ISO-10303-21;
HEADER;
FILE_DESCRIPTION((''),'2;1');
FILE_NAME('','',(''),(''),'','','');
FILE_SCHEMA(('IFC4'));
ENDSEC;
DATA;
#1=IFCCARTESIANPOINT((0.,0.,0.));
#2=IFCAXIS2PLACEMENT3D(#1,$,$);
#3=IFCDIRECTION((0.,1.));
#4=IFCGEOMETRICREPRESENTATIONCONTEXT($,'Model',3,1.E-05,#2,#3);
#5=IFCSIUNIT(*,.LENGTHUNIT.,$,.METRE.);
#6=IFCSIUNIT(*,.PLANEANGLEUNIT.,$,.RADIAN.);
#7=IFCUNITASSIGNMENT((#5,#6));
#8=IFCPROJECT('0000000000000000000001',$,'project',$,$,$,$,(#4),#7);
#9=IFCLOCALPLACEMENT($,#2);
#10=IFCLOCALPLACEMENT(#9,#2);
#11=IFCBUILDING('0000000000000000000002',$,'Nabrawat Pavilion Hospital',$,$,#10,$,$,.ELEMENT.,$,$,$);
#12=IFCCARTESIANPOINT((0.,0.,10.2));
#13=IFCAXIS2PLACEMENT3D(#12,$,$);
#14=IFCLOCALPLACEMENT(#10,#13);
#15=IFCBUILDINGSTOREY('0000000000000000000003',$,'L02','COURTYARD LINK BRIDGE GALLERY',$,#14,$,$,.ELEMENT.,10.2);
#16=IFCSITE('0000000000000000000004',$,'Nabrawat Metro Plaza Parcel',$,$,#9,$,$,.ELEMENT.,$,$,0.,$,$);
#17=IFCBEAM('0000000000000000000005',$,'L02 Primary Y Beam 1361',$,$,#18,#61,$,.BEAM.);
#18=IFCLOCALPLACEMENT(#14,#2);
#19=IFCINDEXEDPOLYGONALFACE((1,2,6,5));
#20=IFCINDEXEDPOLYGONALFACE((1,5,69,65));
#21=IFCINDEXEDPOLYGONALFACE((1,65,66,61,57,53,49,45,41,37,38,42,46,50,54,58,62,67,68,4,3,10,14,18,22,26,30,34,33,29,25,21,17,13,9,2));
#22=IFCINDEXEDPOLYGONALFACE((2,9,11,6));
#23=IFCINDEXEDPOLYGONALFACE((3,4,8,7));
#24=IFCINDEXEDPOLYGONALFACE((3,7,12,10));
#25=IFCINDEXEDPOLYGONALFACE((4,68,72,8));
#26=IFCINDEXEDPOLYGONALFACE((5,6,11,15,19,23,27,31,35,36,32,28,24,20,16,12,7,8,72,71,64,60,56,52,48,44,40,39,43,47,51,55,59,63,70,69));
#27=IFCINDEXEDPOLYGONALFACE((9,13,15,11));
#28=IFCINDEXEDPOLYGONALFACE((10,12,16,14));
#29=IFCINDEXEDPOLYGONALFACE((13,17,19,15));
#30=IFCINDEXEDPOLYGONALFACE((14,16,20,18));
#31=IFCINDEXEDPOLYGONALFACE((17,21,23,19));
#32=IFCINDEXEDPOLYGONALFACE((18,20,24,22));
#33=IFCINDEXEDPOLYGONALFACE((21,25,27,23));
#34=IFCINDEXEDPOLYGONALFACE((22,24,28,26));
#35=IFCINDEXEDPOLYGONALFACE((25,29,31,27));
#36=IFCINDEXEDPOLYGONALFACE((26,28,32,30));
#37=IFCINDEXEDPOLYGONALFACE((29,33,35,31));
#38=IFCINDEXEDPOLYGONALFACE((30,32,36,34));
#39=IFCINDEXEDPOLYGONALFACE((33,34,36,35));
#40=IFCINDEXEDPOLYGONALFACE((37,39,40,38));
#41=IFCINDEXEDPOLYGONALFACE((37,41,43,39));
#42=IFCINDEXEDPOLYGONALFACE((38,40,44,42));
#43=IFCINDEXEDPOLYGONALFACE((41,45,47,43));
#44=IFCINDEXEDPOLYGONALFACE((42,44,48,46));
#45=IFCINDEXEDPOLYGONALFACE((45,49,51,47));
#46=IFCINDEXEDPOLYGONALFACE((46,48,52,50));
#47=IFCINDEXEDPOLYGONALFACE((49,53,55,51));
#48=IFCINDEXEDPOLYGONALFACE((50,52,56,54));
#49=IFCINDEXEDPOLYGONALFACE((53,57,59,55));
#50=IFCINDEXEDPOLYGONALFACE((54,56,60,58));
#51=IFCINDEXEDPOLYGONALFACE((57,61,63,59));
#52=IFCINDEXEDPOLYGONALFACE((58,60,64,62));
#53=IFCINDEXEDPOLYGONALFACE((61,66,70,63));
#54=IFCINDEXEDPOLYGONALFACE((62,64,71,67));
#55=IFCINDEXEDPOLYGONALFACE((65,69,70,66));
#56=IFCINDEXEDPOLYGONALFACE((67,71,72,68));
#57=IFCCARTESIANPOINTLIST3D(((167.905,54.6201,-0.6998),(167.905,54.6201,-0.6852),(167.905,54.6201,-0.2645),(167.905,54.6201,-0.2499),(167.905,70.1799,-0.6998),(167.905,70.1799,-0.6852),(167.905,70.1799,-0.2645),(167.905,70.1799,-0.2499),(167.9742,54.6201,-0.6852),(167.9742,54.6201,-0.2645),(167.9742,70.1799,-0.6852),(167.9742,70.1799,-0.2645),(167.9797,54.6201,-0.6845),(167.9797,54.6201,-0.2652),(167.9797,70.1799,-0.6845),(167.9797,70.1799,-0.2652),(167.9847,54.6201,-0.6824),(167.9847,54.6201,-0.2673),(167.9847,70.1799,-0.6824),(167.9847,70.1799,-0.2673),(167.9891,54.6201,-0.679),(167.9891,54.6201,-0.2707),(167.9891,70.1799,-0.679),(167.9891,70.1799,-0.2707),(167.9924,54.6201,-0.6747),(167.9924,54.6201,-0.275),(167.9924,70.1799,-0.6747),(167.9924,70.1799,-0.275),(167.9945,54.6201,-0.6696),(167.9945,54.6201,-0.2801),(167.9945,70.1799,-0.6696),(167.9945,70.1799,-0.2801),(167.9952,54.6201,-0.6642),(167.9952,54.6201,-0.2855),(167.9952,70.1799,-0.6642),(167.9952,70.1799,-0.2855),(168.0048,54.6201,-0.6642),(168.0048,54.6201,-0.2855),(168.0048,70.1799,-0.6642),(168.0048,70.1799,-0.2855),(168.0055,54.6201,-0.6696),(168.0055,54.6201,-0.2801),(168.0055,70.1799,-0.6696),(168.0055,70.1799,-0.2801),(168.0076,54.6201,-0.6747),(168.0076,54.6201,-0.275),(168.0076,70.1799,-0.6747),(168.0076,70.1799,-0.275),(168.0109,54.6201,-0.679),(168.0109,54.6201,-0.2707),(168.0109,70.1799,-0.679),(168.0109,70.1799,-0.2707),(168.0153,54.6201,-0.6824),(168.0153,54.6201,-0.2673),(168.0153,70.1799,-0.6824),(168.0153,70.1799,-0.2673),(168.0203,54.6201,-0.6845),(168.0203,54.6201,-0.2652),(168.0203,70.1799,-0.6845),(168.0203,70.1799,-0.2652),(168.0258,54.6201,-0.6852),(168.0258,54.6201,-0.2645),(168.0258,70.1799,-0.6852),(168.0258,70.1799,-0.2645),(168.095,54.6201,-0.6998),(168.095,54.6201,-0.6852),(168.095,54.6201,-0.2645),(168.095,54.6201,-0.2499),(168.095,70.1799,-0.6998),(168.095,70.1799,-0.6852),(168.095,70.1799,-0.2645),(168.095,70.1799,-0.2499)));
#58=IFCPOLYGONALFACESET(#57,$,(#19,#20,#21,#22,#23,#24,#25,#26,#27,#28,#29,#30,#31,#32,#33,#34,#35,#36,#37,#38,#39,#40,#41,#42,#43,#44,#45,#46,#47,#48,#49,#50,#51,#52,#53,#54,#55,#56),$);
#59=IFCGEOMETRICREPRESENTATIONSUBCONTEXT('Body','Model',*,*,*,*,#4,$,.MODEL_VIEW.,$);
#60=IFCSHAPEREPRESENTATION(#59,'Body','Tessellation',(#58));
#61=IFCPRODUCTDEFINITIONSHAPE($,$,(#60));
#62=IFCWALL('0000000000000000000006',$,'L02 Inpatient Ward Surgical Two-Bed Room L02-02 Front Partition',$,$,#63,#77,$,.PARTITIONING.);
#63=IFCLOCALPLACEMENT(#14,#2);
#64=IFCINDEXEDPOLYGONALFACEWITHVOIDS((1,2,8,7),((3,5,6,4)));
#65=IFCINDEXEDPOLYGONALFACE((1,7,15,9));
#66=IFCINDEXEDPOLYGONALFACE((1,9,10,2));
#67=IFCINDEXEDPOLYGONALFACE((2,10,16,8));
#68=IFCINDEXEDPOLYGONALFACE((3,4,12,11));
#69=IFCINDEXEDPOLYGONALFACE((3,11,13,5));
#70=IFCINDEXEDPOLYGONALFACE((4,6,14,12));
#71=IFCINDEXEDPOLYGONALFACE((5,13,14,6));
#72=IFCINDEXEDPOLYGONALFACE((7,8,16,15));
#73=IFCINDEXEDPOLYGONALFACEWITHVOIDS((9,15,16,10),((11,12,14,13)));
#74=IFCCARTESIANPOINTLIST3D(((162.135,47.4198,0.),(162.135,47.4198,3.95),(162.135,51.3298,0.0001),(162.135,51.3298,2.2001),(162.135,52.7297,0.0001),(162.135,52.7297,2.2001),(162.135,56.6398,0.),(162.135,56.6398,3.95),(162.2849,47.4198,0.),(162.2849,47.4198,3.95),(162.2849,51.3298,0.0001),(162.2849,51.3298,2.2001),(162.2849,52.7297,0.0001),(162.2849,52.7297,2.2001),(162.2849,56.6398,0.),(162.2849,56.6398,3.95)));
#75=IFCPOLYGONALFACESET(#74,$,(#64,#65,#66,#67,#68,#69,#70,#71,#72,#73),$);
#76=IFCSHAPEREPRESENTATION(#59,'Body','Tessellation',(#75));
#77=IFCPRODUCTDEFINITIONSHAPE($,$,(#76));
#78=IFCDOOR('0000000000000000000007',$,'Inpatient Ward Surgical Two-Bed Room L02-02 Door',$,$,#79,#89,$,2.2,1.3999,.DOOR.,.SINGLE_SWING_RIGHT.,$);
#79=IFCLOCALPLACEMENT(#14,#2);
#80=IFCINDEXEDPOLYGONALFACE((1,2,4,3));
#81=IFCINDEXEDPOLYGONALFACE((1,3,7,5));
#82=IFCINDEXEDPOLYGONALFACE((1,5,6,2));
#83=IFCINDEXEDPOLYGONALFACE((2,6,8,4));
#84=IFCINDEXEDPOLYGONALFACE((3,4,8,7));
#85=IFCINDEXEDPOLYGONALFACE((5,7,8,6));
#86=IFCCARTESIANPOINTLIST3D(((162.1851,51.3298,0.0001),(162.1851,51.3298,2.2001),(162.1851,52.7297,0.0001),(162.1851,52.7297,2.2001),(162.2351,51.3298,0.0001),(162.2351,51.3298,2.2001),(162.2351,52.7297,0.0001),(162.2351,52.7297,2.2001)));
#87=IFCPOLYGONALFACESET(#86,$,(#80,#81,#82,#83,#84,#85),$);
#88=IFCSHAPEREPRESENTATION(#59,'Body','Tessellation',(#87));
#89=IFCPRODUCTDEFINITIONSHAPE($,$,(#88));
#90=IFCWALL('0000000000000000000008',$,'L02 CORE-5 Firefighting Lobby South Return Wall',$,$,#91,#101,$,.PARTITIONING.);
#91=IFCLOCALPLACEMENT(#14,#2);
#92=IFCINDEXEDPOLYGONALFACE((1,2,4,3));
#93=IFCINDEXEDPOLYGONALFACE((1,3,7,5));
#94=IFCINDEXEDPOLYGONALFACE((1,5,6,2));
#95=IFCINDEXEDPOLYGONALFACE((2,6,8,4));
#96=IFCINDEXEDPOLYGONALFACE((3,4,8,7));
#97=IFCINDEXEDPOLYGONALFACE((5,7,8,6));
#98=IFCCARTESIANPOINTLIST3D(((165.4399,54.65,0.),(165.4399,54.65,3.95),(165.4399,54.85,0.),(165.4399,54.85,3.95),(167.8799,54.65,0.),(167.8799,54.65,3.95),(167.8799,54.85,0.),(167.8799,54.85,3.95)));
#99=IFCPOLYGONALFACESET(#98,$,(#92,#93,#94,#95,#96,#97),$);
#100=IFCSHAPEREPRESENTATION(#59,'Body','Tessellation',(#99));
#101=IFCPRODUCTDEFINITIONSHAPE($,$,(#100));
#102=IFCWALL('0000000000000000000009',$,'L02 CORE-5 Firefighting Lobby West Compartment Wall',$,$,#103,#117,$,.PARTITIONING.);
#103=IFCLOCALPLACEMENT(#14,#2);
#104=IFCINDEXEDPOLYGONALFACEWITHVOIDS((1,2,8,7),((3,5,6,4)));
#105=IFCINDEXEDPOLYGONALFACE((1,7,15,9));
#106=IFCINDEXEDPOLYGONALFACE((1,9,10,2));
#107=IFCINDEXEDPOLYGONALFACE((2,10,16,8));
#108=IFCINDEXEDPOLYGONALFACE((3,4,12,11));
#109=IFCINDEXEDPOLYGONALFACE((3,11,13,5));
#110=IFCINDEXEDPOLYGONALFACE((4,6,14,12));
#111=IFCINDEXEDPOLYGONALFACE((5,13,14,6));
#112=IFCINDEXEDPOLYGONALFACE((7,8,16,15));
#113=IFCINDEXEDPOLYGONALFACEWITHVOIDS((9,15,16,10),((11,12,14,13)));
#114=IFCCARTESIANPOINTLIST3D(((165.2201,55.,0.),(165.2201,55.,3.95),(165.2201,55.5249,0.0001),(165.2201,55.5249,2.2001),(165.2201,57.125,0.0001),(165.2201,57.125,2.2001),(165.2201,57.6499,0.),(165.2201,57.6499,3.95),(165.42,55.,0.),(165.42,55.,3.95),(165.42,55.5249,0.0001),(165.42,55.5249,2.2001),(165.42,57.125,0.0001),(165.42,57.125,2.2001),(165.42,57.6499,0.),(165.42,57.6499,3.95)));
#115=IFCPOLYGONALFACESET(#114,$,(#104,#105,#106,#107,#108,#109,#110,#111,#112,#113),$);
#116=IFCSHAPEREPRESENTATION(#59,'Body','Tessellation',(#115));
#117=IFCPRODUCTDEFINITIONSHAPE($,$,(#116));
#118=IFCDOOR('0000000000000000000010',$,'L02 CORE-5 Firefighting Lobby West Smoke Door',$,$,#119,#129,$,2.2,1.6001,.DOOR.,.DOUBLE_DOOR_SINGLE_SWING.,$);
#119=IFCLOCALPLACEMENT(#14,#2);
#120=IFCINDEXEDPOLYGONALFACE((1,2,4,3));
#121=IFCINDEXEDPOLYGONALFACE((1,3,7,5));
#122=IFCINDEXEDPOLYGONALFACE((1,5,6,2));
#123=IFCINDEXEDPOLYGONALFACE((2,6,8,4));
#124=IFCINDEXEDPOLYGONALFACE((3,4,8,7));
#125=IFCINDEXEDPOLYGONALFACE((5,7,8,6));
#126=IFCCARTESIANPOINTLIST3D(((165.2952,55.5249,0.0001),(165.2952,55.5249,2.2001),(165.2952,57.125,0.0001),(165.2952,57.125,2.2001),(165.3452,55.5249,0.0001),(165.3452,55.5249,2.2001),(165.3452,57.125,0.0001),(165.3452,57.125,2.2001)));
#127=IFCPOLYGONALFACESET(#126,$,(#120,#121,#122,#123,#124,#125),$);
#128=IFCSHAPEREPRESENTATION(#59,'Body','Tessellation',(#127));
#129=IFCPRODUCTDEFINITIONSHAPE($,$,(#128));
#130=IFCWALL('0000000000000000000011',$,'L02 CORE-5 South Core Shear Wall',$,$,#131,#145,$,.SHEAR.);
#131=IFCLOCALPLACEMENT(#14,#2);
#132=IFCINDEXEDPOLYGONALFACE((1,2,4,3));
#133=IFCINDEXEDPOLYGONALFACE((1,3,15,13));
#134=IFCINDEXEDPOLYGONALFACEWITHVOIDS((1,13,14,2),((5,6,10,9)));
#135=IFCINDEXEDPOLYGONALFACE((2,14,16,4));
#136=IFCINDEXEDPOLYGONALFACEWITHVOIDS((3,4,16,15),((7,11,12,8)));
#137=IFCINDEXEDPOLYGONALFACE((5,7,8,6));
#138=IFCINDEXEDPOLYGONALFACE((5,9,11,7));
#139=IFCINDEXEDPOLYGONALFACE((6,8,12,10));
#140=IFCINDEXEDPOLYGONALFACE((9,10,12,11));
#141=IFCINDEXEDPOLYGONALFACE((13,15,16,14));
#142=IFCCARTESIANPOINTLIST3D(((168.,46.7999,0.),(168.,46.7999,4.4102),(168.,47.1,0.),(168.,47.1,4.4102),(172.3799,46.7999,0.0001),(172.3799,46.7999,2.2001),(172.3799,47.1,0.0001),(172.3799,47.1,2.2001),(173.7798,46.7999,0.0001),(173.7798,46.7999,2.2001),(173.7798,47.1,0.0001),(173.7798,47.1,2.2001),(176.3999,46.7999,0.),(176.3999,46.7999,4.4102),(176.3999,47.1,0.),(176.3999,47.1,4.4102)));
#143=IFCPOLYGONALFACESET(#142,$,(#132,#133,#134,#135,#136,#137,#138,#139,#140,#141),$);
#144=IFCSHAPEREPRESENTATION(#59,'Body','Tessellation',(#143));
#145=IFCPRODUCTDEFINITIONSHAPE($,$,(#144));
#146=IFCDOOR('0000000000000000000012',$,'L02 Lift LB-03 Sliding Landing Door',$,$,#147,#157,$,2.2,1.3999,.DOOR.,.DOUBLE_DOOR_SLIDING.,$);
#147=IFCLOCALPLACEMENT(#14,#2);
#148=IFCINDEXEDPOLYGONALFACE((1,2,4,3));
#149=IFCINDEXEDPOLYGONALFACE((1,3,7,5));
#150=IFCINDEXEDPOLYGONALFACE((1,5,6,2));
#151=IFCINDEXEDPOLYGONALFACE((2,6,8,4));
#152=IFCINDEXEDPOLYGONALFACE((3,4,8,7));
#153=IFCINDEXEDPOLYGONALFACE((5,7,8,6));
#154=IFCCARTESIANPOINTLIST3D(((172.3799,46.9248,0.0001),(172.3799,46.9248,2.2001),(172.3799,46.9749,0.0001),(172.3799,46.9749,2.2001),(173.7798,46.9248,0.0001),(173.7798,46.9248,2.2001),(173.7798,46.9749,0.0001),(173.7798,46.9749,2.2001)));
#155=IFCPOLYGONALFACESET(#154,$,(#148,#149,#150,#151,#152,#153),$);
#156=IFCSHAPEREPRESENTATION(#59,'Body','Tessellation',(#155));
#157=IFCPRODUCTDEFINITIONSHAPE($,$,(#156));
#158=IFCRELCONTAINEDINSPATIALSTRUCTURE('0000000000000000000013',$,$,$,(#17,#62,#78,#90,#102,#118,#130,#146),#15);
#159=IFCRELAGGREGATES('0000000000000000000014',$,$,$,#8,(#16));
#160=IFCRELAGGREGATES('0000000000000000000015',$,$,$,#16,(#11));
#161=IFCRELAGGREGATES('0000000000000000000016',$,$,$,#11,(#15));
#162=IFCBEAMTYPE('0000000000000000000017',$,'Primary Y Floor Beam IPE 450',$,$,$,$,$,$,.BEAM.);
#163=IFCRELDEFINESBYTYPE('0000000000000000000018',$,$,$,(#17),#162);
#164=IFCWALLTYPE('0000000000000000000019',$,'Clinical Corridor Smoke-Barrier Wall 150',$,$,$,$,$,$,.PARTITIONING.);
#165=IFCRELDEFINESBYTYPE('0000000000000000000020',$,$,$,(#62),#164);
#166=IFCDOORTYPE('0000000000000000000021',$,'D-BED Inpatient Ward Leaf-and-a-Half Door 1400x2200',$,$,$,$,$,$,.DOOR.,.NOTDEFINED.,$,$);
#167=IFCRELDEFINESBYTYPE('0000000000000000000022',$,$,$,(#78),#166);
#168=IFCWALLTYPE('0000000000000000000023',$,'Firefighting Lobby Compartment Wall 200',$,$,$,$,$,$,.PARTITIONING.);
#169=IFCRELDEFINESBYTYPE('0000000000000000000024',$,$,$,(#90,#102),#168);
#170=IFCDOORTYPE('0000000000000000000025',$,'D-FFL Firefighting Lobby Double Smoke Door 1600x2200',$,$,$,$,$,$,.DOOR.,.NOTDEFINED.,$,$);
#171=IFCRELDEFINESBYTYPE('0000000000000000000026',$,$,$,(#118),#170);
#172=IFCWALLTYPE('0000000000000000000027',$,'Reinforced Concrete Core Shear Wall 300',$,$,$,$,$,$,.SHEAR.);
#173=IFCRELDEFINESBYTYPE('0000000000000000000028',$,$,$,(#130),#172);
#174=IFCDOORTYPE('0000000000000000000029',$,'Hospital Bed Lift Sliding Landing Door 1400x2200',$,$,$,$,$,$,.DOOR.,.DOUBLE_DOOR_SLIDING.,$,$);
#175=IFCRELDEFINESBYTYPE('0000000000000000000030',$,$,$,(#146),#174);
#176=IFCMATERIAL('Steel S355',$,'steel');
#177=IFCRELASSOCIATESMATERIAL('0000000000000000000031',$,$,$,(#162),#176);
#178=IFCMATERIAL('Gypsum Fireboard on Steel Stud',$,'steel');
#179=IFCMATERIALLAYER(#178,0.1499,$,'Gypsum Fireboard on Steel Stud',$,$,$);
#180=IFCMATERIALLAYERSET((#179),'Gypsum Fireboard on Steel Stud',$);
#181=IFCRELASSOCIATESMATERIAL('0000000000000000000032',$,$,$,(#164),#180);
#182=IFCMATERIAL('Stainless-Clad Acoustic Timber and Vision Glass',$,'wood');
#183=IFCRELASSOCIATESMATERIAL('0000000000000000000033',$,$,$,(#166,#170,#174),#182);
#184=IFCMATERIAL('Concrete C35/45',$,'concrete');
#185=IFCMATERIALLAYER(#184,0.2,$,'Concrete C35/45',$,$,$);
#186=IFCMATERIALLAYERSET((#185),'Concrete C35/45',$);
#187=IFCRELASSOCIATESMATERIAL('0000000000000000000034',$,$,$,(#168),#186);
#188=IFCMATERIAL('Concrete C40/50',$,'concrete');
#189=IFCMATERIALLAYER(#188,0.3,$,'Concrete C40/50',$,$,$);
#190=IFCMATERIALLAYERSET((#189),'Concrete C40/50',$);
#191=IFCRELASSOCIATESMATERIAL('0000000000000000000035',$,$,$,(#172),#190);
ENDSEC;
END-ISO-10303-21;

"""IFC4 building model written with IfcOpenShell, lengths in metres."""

from ifc_helpers import new_model, si_unit, direction, frame, frame_2d, origin, origin_2d, place, context, subcontext, project, spatial, rectangle, i_section, extrude, material, layer, layer_set, material_profile, profile_set, type_object, element, fill, save


model = new_model("IFC4")

# Units and contexts
model_context = context("Model", 3, precision=1e-05, world=origin(), true_north=direction((0.0, 1.0)))
body_context = subcontext(model_context, "Body", "Model", "MODEL_VIEW")
ifc_project = project(units=[si_unit("LENGTHUNIT", "METRE"), si_unit("PLANEANGLEUNIT", "RADIAN")], contexts=[model_context])

# Site, building, storey
site_placement = place(None, origin())
site = spatial("IfcSite", under=ifc_project, at=site_placement, Name="Nabrawat Metro Plaza Parcel", CompositionType="ELEMENT", RefElevation=0.0)
building_placement = place(site_placement, origin())
building = spatial("IfcBuilding", under=site, at=building_placement, Name="Nabrawat Pavilion Hospital", CompositionType="ELEMENT")
storey_placement = place(building_placement, frame((0.0, 0.0, 10.2)))
storey = spatial("IfcBuildingStorey", under=building, at=storey_placement, Name="L02", Description="COURTYARD LINK BRIDGE GALLERY", CompositionType="ELEMENT", Elevation=10.2)

# Shared definitions
ifc_material_1 = material(Name="Steel S355", Category="steel")
ifc_material_2 = material(Name="Concrete C40/50", Category="concrete")

# Beam
ifc_material_profile_1 = material_profile(ifc_material_1, i_section(OverallWidth=0.1899, OverallDepth=0.45, WebThickness=0.0095, FlangeThickness=0.0146, FilletRadius=0.021, at=origin_2d()), Name="IPE 450")
ifc_profile_set_1 = profile_set([ifc_material_profile_1], Name="Steel S355")
beam_type_1 = type_object("IfcBeamType", Name="Primary Y Floor Beam IPE 450", PredefinedType="BEAM", material=ifc_profile_set_1)
beam_1_placement = place(storey_placement, frame((168.0, 54.6201, -0.4749), z_axis=(0.0, 1.0, 0.0), x_axis=(-1.0, 0.0, 0.0)))
element("IfcBeam", 1, at=beam_1_placement, inside=storey, type_object=beam_type_1, Name="L02 Primary Y Beam 1361", PredefinedType="BEAM", context=body_context, shape_type="SweptSolid", body=[
    extrude(i_section(OverallWidth=0.1899, OverallDepth=0.45, WebThickness=0.0095, FlangeThickness=0.0146, FilletRadius=0.021, at=origin_2d()), origin(), (0.0, 0.0, 1.0), 15.5598),
])

# Wall, opening, door
ifc_material_3 = material(Name="Gypsum Fireboard on Steel Stud", Category="steel")
ifc_layer_1 = layer(ifc_material_3, 0.1499, Name="Gypsum Fireboard on Steel Stud")
ifc_layer_set_1 = layer_set([ifc_layer_1], Name="Gypsum Fireboard on Steel Stud")
wall_type_1 = type_object("IfcWallType", Name="Clinical Corridor Smoke-Barrier Wall 150", PredefinedType="PARTITIONING", material=ifc_layer_set_1)
wall_1_placement = place(storey_placement, frame((162.21, 47.4199, 0.0), z_axis=(0.0, 0.0, 1.0), x_axis=(0.0, 1.0, 0.0)))
wall_1 = element("IfcWall", 2, at=wall_1_placement, inside=storey, type_object=wall_type_1, Name="L02 Inpatient Ward Surgical Two-Bed Room L02-02 Front Partition", PredefinedType="PARTITIONING", context=body_context, shape_type="SweptSolid", body=[
    extrude(rectangle(XDim=9.22, YDim=0.1499, at=frame_2d((4.6099, 0.0))), origin(), (0.0, 0.0, 1.0), 3.95),
])
opening_1_placement = place(wall_1_placement, frame((3.9099, 0.0, 0.0)))
opening_1 = element("IfcOpeningElement", 3, at=opening_1_placement, cuts=wall_1, PredefinedType="OPENING", context=body_context, shape_type="SweptSolid", body=[
    extrude(rectangle(XDim=1.3999, YDim=2.2, at=frame_2d((0.7, 1.1001))), frame((0.0, 0.085, 0.0), z_axis=(0.0, -1.0, 0.0), x_axis=(1.0, 0.0, 0.0)), (0.0, 0.0, 1.0), 0.1699),
])
ifc_material_4 = material(Name="Stainless-Clad Acoustic Timber and Vision Glass", Category="wood")
door_type_1 = type_object("IfcDoorType", Name="D-BED Inpatient Ward Leaf-and-a-Half Door 1400x2200", OperationType="NOTDEFINED", PredefinedType="DOOR", material=ifc_material_4)
door_1_placement = place(opening_1_placement, origin())
door_1 = element("IfcDoor", 4, at=door_1_placement, inside=storey, type_object=door_type_1, Name="Inpatient Ward Surgical Two-Bed Room L02-02 Door", OperationType="SINGLE_SWING_RIGHT", OverallHeight=2.2, OverallWidth=1.3999, PredefinedType="DOOR", context=body_context, shape_type="SweptSolid", body=[
    extrude(rectangle(XDim=1.3999, YDim=2.2, at=frame_2d((0.7, 1.1001))), frame((0.0, 0.0249, 0.0), z_axis=(0.0, -1.0, 0.0), x_axis=(1.0, 0.0, 0.0)), (0.0, 0.0, 1.0), 0.05),
])
fill(opening_1, door_1)

# Wall
ifc_material_5 = material(Name="Concrete C35/45", Category="concrete")
ifc_layer_2 = layer(ifc_material_5, 0.2, Name="Concrete C35/45")
ifc_layer_set_2 = layer_set([ifc_layer_2], Name="Concrete C35/45")
wall_type_2 = type_object("IfcWallType", Name="Firefighting Lobby Compartment Wall 200", PredefinedType="PARTITIONING", material=ifc_layer_set_2)
wall_2_placement = place(storey_placement, frame((165.4399, 54.75, 0.0), z_axis=(0.0, 0.0, 1.0), x_axis=(1.0, 0.0, 0.0)))
element("IfcWall", 5, at=wall_2_placement, inside=storey, type_object=wall_type_2, Name="L02 CORE-5 Firefighting Lobby South Return Wall", PredefinedType="PARTITIONING", context=body_context, shape_type="SweptSolid", body=[
    extrude(rectangle(XDim=2.4399, YDim=0.2, at=frame_2d((1.22, 0.0))), origin(), (0.0, 0.0, 1.0), 3.95),
])

# Walls, openings, doors
wall_3_placement = place(storey_placement, frame((165.3201, 55.0, 0.0), z_axis=(0.0, 0.0, 1.0), x_axis=(0.0, 1.0, 0.0)))
wall_3 = element("IfcWall", 6, at=wall_3_placement, inside=storey, type_object=wall_type_2, Name="L02 CORE-5 Firefighting Lobby West Compartment Wall", PredefinedType="PARTITIONING", context=body_context, shape_type="SweptSolid", body=[
    extrude(rectangle(XDim=2.6499, YDim=0.2, at=frame_2d((1.325, 0.0))), origin(), (0.0, 0.0, 1.0), 3.95),
])
opening_2_placement = place(wall_3_placement, frame((0.5249, 0.0, 0.0)))
opening_2 = element("IfcOpeningElement", 7, at=opening_2_placement, cuts=wall_3, PredefinedType="OPENING", context=body_context, shape_type="SweptSolid", body=[
    extrude(rectangle(XDim=1.6001, YDim=2.2, at=frame_2d((0.8, 1.1001))), frame((0.0, 0.1099, 0.0), z_axis=(0.0, -1.0, 0.0), x_axis=(1.0, 0.0, 0.0)), (0.0, 0.0, 1.0), 0.22),
])
door_type_2 = type_object("IfcDoorType", Name="D-FFL Firefighting Lobby Double Smoke Door 1600x2200", OperationType="NOTDEFINED", PredefinedType="DOOR", material=ifc_material_4)
door_2_placement = place(opening_2_placement, origin())
door_2 = element("IfcDoor", 8, at=door_2_placement, inside=storey, type_object=door_type_2, Name="L02 CORE-5 Firefighting Lobby West Smoke Door", OperationType="DOUBLE_DOOR_SINGLE_SWING", OverallHeight=2.2, OverallWidth=1.6001, PredefinedType="DOOR", context=body_context, shape_type="SweptSolid", body=[
    extrude(rectangle(XDim=1.6001, YDim=2.2, at=frame_2d((0.8, 1.1001))), frame((0.0, 0.0249, 0.0), z_axis=(0.0, -1.0, 0.0), x_axis=(1.0, 0.0, 0.0)), (0.0, 0.0, 1.0), 0.05),
])
fill(opening_2, door_2)
ifc_layer_3 = layer(ifc_material_2, 0.3, Name="Concrete C40/50")
ifc_layer_set_3 = layer_set([ifc_layer_3], Name="Concrete C40/50")
wall_type_3 = type_object("IfcWallType", Name="Reinforced Concrete Core Shear Wall 300", PredefinedType="SHEAR", material=ifc_layer_set_3)
wall_4_placement = place(storey_placement, frame((168.0, 46.95, 0.0), z_axis=(0.0, 0.0, 1.0), x_axis=(1.0, 0.0, 0.0)))
wall_4 = element("IfcWall", 9, at=wall_4_placement, inside=storey, type_object=wall_type_3, Name="L02 CORE-5 South Core Shear Wall", PredefinedType="SHEAR", context=body_context, shape_type="SweptSolid", body=[
    extrude(rectangle(XDim=8.3999, YDim=0.3, at=frame_2d((4.2, 0.0))), origin(), (0.0, 0.0, 1.0), 4.4102),
])
opening_3_placement = place(wall_4_placement, frame((4.3799, 0.0, 0.0)))
opening_3 = element("IfcOpeningElement", 10, at=opening_3_placement, cuts=wall_4, PredefinedType="OPENING", context=body_context, shape_type="SweptSolid", body=[
    extrude(rectangle(XDim=1.3999, YDim=2.2, at=frame_2d((0.7, 1.1001))), frame((0.0, 0.1602, 0.0), z_axis=(0.0, -1.0, 0.0), x_axis=(1.0, 0.0, 0.0)), (0.0, 0.0, 1.0), 0.3201),
])
door_type_3 = type_object("IfcDoorType", Name="Hospital Bed Lift Sliding Landing Door 1400x2200", OperationType="DOUBLE_DOOR_SLIDING", PredefinedType="DOOR", material=ifc_material_4)
door_3_placement = place(opening_3_placement, origin())
door_3 = element("IfcDoor", 11, at=door_3_placement, inside=storey, type_object=door_type_3, Name="L02 Lift LB-03 Sliding Landing Door", OperationType="DOUBLE_DOOR_SLIDING", OverallHeight=2.2, OverallWidth=1.3999, PredefinedType="DOOR", context=body_context, shape_type="SweptSolid", body=[
    extrude(rectangle(XDim=1.3999, YDim=2.2, at=frame_2d((0.7, 1.1001))), frame((0.0, 0.0249, 0.0), z_axis=(0.0, -1.0, 0.0), x_axis=(1.0, 0.0, 0.0)), (0.0, 0.0, 1.0), 0.05),
])
fill(opening_3, door_3)

save(model, "model.ifc")
